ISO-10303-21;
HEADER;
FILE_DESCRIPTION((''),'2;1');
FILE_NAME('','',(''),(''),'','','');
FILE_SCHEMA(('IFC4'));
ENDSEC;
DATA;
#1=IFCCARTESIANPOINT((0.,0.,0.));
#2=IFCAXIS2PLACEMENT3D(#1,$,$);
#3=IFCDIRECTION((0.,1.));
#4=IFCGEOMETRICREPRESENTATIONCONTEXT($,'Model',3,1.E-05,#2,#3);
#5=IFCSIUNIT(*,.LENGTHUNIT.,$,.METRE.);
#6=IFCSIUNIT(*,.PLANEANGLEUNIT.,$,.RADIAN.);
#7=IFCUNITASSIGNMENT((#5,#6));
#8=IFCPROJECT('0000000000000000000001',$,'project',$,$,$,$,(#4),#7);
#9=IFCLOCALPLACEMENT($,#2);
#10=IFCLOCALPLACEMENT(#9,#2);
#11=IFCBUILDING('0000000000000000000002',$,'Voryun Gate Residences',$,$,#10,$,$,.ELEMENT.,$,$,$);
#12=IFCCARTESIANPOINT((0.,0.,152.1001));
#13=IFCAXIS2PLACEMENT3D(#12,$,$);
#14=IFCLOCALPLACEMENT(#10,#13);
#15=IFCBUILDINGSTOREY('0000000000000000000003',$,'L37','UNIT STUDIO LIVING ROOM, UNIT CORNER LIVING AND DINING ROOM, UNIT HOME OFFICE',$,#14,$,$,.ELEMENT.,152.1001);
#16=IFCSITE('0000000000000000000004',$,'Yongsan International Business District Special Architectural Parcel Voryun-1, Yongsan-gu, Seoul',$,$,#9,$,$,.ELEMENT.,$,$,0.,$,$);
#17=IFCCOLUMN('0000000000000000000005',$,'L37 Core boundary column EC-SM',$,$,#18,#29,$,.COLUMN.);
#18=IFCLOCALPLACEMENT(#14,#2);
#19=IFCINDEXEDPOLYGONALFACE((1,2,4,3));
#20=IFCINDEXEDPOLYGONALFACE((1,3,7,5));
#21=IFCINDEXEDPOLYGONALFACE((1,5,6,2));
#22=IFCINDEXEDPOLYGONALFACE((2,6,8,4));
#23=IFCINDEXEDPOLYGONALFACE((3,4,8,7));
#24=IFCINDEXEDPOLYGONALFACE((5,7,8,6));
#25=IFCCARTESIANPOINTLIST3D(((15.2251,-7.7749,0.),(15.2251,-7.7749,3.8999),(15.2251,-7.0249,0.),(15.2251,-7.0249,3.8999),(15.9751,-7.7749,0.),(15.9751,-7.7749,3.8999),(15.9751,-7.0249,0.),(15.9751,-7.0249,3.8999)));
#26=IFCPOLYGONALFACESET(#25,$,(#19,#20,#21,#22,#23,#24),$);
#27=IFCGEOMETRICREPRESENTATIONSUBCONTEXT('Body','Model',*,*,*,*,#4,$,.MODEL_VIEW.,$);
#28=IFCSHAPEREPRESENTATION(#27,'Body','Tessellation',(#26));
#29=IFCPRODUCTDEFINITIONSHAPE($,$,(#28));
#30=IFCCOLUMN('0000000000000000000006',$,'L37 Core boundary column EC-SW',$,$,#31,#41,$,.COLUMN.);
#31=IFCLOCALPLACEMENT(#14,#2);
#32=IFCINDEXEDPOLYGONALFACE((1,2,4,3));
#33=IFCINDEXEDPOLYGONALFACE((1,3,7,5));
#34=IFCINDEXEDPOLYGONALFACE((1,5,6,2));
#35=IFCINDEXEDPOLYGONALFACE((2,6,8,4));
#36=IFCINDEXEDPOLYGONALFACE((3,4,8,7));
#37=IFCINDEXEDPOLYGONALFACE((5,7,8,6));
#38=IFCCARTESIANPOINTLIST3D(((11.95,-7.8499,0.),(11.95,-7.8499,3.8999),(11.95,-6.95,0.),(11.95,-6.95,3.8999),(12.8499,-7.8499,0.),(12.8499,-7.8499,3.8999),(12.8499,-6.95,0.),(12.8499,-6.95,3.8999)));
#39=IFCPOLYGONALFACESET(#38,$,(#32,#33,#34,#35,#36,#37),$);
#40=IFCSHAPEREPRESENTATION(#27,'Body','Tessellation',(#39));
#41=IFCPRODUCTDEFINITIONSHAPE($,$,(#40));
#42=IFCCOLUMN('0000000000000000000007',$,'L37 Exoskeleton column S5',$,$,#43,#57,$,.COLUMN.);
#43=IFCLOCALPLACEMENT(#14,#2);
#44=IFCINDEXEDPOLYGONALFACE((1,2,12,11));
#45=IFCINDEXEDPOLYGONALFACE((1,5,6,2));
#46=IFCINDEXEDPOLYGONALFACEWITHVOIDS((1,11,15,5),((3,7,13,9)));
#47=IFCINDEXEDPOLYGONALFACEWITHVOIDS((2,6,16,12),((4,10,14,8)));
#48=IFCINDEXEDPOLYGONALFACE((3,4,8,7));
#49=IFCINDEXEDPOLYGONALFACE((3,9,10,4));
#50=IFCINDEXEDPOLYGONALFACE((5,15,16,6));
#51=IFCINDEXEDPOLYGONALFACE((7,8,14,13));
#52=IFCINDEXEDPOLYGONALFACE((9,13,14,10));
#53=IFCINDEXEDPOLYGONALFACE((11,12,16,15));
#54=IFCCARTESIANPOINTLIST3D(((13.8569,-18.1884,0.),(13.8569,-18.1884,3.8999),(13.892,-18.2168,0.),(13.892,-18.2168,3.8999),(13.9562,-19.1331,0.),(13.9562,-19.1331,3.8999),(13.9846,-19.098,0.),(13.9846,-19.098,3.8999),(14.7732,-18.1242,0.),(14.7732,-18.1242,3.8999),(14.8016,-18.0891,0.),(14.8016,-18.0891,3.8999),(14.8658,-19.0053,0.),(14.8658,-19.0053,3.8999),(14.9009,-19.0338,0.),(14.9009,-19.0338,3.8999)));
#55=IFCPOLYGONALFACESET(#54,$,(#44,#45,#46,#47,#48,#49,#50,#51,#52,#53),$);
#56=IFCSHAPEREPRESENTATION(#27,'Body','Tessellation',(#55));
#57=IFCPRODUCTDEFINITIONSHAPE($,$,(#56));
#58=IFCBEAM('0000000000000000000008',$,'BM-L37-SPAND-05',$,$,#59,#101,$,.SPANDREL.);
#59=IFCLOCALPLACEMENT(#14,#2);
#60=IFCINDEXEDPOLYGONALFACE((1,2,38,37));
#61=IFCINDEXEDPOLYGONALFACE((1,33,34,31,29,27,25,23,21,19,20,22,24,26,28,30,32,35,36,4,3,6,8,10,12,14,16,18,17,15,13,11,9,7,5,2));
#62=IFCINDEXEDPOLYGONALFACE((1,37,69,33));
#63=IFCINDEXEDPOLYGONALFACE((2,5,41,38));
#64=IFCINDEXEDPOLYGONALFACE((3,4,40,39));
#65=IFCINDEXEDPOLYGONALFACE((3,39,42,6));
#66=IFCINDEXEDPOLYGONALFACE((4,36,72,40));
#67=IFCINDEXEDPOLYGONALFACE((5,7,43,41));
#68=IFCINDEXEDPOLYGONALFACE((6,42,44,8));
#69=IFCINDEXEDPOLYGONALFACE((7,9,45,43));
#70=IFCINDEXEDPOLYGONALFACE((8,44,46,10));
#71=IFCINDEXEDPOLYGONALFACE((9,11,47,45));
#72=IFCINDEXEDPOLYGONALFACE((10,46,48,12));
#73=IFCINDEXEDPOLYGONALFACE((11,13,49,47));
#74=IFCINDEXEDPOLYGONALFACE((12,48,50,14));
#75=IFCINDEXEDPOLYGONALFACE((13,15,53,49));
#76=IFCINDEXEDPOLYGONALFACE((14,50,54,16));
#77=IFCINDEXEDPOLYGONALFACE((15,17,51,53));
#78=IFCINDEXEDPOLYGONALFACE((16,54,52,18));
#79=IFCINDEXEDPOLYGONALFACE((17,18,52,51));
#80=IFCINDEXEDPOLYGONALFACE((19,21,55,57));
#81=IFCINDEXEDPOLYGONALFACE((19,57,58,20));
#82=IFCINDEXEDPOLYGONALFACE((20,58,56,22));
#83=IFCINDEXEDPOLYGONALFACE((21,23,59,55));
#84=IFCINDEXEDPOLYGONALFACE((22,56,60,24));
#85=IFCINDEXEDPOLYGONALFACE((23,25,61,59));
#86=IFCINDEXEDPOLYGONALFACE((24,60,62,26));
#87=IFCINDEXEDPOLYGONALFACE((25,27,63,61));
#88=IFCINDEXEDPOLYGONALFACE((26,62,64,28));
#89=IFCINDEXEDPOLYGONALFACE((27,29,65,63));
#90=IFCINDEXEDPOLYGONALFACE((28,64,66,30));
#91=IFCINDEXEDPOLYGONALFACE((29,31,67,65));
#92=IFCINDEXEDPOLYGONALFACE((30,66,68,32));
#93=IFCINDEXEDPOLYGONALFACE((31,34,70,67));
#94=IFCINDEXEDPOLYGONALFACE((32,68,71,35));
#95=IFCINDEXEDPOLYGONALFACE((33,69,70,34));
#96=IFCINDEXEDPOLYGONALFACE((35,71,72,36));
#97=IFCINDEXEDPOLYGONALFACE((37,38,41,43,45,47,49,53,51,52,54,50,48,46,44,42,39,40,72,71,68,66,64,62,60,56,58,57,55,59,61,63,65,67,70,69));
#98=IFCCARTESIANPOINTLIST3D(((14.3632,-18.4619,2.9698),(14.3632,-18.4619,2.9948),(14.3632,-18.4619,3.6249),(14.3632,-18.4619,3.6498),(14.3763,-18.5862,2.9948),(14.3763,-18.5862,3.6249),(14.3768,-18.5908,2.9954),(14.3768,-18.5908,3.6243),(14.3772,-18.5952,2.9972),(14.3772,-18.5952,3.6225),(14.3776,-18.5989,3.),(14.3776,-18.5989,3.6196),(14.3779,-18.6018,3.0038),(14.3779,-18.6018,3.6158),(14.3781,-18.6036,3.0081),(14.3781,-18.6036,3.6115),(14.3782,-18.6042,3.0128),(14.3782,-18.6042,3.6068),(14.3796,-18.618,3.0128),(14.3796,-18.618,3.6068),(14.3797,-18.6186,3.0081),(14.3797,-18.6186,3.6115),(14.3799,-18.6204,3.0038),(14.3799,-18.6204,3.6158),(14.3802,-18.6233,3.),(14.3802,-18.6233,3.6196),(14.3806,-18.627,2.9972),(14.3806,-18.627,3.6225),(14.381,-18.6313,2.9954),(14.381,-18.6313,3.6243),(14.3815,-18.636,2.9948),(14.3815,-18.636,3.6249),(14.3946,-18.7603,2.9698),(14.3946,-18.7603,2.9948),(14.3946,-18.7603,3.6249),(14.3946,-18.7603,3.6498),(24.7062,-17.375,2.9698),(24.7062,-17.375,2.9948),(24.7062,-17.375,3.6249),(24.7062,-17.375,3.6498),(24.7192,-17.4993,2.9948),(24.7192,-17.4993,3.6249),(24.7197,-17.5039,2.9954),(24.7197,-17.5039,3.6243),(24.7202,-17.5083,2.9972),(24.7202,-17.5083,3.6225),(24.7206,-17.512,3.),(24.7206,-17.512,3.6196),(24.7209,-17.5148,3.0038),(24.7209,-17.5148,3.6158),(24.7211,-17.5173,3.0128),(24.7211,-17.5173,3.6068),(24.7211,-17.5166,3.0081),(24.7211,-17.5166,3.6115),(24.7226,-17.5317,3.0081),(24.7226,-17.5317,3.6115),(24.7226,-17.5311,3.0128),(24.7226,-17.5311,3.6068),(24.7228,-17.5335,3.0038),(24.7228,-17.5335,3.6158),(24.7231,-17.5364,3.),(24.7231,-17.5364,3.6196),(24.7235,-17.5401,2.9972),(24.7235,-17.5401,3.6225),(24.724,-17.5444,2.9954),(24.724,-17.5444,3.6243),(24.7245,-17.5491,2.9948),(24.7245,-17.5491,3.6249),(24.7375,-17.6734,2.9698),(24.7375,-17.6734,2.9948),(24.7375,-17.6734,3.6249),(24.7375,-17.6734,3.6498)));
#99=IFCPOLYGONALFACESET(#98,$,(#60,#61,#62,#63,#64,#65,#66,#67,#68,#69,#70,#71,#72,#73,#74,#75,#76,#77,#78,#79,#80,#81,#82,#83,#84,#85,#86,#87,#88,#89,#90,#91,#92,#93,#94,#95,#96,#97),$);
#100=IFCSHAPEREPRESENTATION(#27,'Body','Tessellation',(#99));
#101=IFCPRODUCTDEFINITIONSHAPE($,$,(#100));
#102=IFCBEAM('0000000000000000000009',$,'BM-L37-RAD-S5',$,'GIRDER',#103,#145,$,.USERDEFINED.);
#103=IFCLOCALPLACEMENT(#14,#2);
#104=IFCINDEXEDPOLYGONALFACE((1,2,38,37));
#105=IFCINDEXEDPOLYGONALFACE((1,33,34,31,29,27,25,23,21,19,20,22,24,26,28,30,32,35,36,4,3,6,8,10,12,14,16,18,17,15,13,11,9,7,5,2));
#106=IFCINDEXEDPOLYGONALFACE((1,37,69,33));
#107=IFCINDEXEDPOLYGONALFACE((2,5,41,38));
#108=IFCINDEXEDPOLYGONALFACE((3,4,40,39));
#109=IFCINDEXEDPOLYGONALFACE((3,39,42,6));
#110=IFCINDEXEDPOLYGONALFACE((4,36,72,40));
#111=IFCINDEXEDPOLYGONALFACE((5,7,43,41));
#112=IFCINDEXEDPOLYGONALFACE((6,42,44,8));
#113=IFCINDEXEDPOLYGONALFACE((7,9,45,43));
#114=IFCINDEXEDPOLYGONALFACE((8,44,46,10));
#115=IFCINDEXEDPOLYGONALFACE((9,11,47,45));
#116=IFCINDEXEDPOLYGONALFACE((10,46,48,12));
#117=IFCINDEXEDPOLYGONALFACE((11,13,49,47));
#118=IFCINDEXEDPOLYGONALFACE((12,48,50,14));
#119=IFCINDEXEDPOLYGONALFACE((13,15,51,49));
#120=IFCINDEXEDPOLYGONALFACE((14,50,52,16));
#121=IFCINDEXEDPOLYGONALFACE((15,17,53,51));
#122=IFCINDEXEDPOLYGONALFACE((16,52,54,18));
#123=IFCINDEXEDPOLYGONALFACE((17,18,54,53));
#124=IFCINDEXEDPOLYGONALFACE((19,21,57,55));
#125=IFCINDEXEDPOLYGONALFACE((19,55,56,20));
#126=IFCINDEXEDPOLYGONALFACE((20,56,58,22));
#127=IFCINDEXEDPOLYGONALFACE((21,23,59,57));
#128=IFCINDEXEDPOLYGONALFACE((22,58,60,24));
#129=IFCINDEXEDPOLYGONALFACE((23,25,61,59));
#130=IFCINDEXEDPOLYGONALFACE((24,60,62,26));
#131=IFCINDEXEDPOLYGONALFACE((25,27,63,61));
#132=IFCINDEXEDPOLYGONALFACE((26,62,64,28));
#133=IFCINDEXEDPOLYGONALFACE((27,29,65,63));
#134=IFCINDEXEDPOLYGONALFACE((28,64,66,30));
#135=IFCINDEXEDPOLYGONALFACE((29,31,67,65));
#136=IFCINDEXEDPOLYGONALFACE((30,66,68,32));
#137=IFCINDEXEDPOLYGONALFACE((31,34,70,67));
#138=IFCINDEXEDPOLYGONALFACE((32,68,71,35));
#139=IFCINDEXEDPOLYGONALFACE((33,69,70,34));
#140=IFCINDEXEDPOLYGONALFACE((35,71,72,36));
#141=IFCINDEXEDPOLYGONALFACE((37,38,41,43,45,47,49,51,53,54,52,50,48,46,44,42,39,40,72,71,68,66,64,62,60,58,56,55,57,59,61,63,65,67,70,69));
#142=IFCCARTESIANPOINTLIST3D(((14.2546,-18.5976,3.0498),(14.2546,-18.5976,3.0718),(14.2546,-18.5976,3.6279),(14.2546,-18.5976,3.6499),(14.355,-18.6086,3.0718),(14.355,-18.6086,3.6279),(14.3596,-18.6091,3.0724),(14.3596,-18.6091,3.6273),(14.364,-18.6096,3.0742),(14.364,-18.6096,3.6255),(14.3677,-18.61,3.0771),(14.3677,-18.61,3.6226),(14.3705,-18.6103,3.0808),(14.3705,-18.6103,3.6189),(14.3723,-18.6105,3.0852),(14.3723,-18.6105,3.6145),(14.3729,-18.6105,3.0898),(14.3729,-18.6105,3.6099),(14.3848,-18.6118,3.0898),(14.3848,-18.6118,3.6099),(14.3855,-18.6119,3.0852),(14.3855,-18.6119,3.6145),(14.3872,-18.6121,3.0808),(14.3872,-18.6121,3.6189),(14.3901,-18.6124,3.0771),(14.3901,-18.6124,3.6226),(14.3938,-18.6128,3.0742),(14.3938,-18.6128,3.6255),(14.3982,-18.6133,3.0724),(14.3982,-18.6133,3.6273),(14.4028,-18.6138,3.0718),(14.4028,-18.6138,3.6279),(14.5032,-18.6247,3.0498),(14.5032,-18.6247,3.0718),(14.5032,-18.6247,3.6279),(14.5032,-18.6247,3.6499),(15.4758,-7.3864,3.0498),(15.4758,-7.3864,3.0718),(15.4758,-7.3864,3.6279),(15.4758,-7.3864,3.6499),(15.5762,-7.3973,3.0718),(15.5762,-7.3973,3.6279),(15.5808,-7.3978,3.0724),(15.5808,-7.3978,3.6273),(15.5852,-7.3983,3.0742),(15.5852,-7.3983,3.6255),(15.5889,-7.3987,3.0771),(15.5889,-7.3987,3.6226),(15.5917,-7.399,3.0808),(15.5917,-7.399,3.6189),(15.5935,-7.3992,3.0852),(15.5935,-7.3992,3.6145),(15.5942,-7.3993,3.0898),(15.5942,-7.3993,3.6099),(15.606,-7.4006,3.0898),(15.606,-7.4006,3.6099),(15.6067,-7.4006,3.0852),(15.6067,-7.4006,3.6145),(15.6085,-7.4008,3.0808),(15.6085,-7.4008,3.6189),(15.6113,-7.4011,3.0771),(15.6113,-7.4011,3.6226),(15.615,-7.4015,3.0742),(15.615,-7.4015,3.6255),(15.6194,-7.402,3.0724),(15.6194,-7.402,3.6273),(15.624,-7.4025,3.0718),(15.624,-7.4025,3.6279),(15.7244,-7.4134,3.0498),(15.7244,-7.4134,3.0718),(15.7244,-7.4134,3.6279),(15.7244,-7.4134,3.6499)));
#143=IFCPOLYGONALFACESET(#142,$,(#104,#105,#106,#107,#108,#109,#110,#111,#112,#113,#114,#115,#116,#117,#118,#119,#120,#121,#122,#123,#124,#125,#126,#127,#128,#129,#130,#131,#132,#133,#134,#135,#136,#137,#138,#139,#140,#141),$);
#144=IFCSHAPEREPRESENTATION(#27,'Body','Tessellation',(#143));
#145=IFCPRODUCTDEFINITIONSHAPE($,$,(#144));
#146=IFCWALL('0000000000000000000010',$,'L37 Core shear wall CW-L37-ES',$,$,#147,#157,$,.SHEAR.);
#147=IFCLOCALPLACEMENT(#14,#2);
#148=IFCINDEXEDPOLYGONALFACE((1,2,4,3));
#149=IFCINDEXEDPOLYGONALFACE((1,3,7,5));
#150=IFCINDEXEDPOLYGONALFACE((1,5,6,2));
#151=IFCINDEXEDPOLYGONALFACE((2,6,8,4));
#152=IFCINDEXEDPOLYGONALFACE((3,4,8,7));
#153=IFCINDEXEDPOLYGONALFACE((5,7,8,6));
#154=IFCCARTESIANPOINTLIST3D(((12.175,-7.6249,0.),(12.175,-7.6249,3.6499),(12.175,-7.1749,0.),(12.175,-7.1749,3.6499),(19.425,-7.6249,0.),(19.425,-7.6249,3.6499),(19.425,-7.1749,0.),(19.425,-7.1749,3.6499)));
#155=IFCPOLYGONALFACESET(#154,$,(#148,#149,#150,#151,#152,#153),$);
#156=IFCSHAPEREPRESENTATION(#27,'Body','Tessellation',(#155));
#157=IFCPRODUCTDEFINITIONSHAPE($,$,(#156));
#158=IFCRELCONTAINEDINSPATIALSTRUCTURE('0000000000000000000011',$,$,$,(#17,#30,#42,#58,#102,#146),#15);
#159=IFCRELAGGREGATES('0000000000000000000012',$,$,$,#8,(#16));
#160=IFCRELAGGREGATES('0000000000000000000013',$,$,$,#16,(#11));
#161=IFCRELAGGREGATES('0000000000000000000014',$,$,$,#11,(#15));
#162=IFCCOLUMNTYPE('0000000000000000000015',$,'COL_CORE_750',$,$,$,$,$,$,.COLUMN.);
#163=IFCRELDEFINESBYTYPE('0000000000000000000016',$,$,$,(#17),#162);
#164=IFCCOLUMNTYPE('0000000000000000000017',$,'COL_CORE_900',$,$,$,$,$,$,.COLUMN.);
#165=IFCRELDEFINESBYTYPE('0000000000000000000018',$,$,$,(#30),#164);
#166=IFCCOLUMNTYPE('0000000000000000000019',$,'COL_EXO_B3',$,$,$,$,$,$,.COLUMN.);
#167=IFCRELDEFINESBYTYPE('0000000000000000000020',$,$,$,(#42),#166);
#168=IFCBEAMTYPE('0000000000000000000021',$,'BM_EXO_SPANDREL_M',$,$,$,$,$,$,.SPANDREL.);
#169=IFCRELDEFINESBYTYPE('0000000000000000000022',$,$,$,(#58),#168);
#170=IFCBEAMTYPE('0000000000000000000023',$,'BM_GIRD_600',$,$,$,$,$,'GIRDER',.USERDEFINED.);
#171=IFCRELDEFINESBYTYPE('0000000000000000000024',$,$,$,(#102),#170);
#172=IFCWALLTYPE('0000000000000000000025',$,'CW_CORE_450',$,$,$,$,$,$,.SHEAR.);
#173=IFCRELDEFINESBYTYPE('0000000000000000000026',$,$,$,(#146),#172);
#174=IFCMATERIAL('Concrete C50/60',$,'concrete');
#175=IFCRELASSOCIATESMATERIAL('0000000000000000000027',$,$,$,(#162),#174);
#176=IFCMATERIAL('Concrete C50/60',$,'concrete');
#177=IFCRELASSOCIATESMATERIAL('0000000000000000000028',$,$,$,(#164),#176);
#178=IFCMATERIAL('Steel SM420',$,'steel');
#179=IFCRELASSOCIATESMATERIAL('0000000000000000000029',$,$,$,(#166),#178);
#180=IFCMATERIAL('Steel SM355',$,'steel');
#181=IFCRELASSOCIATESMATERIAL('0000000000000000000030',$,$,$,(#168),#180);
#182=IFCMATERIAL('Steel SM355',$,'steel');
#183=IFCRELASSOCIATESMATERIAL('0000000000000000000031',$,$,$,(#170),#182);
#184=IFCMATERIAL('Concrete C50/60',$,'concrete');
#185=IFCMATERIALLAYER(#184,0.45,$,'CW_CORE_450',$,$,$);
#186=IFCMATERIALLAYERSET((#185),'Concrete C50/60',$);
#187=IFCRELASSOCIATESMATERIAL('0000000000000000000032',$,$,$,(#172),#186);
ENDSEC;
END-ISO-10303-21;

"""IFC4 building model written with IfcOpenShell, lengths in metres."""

from ifc_helpers import new_model, si_unit, direction, frame, frame_2d, origin, origin_2d, place, context, subcontext, project, spatial, rectangle, hollow_rectangle, i_section, extrude, material, layer, layer_set, material_profile, profile_set, type_object, element, save


model = new_model("IFC4")

# Units and contexts
model_context = context("Model", 3, precision=1e-05, world=origin(), true_north=direction((0.0, 1.0)))
body_context = subcontext(model_context, "Body", "Model", "MODEL_VIEW")
ifc_project = project(units=[si_unit("LENGTHUNIT", "METRE"), si_unit("PLANEANGLEUNIT", "RADIAN")], contexts=[model_context])

# Site, building, storey
site_placement = place(None, origin())
site = spatial("IfcSite", under=ifc_project, at=site_placement, Name="Yongsan International Business District Special Architectural Parcel Voryun-1, Yongsan-gu, Seoul", CompositionType="ELEMENT", RefElevation=0.0)
building_placement = place(site_placement, origin())
building = spatial("IfcBuilding", under=site, at=building_placement, Name="Voryun Gate Residences", CompositionType="ELEMENT")
storey_placement = place(building_placement, frame((0.0, 0.0, 152.1001)))
storey = spatial("IfcBuildingStorey", under=building, at=storey_placement, Name="L37", Description="UNIT STUDIO LIVING ROOM, UNIT CORNER LIVING AND DINING ROOM, UNIT HOME OFFICE", CompositionType="ELEMENT", Elevation=152.1001)

# Columns
ifc_material_1 = material(Name="Concrete C50/60", Category="concrete")
ifc_material_profile_1 = material_profile(ifc_material_1, rectangle(XDim=0.75, YDim=0.75, at=origin_2d()), Name="RC-750x750")
ifc_profile_set_1 = profile_set([ifc_material_profile_1], Name="Concrete C50/60")
column_type_1 = type_object("IfcColumnType", Name="COL_CORE_750", PredefinedType="COLUMN", material=ifc_profile_set_1)
column_1_placement = place(storey_placement, frame((15.6001, -7.3999, 0.0), z_axis=(0.0, 0.0, 1.0), x_axis=(1.0, 0.0, 0.0)))
element("IfcColumn", 1, at=column_1_placement, inside=storey, type_object=column_type_1, Name="L37 Core boundary column EC-SM", PredefinedType="COLUMN", context=body_context, shape_type="SweptSolid", body=[
    extrude(rectangle(XDim=0.75, YDim=0.75, at=origin_2d()), origin(), (0.0, 0.0, 1.0), 3.8999),
])
ifc_material_2 = material(Name="Concrete C50/60", Category="concrete")
ifc_material_profile_2 = material_profile(ifc_material_2, rectangle(XDim=0.8999, YDim=0.8999, at=origin_2d()), Name="RC-900x900")
ifc_profile_set_2 = profile_set([ifc_material_profile_2], Name="Concrete C50/60")
column_type_2 = type_object("IfcColumnType", Name="COL_CORE_900", PredefinedType="COLUMN", material=ifc_profile_set_2)
column_2_placement = place(storey_placement, frame((12.3999, -7.3999, 0.0), z_axis=(0.0, 0.0, 1.0), x_axis=(1.0, 0.0, 0.0)))
element("IfcColumn", 2, at=column_2_placement, inside=storey, type_object=column_type_2, Name="L37 Core boundary column EC-SW", PredefinedType="COLUMN", context=body_context, shape_type="SweptSolid", body=[
    extrude(rectangle(XDim=0.8999, YDim=0.8999, at=origin_2d()), origin(), (0.0, 0.0, 1.0), 3.8999),
])
ifc_material_3 = material(Name="Steel SM420", Category="steel")
ifc_material_profile_3 = material_profile(ifc_material_3, hollow_rectangle(XDim=0.95, YDim=0.95, WallThickness=0.032, at=origin_2d()), Name="BOX-950x950x32")
ifc_profile_set_3 = profile_set([ifc_material_profile_3], Name="Steel SM420")
column_type_3 = type_object("IfcColumnType", Name="COL_EXO_B3", PredefinedType="COLUMN", material=ifc_profile_set_3)
column_3_placement = place(storey_placement, frame((14.3789, -18.6111, 0.0), z_axis=(0.0, 0.0, 1.0), x_axis=(0.994522, 0.104528, 0.0)))
element("IfcColumn", 3, at=column_3_placement, inside=storey, type_object=column_type_3, Name="L37 Exoskeleton column S5", PredefinedType="COLUMN", context=body_context, shape_type="SweptSolid", body=[
    extrude(hollow_rectangle(XDim=0.95, YDim=0.95, WallThickness=0.032, at=origin_2d()), origin(), (0.0, 0.0, 1.0), 3.8999),
])

# Beams
ifc_material_4 = material(Name="Steel SM355", Category="steel")
ifc_material_profile_4 = material_profile(ifc_material_4, i_section(OverallWidth=0.3, OverallDepth=0.6799, WebThickness=0.0139, FlangeThickness=0.0249, FilletRadius=0.0181, at=origin_2d()), Name="H-680x300x14x25")
ifc_profile_set_4 = profile_set([ifc_material_profile_4], Name="Steel SM355")
beam_type_1 = type_object("IfcBeamType", Name="BM_EXO_SPANDREL_M", PredefinedType="SPANDREL", material=ifc_profile_set_4)
beam_1_placement = place(storey_placement, frame((14.3789, -18.6111, 3.3098), z_axis=(0.994524, 0.104511, 0.0), x_axis=(-0.104511, 0.994524, 0.0)))
element("IfcBeam", 4, at=beam_1_placement, inside=storey, type_object=beam_type_1, Name="BM-L37-SPAND-05", PredefinedType="SPANDREL", context=body_context, shape_type="SweptSolid", body=[
    extrude(i_section(OverallWidth=0.3, OverallDepth=0.6799, WebThickness=0.0139, FlangeThickness=0.0249, FilletRadius=0.0181, at=origin_2d()), origin(), (0.0, 0.0, 1.0), 10.3999),
])
ifc_material_5 = material(Name="Steel SM355", Category="steel")
ifc_material_profile_5 = material_profile(ifc_material_5, i_section(OverallWidth=0.25, OverallDepth=0.6001, WebThickness=0.012, FlangeThickness=0.022, FilletRadius=0.0181, at=origin_2d()), Name="H-600x250x12x22")
ifc_profile_set_5 = profile_set([ifc_material_profile_5], Name="Steel SM355")
beam_type_2 = type_object("IfcBeamType", Name="BM_GIRD_600", ElementType="GIRDER", PredefinedType="USERDEFINED", material=ifc_profile_set_5)
beam_2_placement = place(storey_placement, frame((15.6001, -7.3999, 3.3499), z_axis=(-0.108286, -0.99412, 0.0), x_axis=(0.99412, -0.108286, 0.0)))
element("IfcBeam", 5, at=beam_2_placement, inside=storey, type_object=beam_type_2, Name="BM-L37-RAD-S5", ObjectType="GIRDER", PredefinedType="USERDEFINED", context=body_context, shape_type="SweptSolid", body=[
    extrude(i_section(OverallWidth=0.25, OverallDepth=0.6001, WebThickness=0.012, FlangeThickness=0.022, FilletRadius=0.0181, at=origin_2d()), origin(), (0.0, 0.0, 1.0), 11.2776),
])

# Wall
ifc_material_6 = material(Name="Concrete C50/60", Category="concrete")
ifc_layer_1 = layer(ifc_material_6, 0.45, Name="CW_CORE_450")
ifc_layer_set_1 = layer_set([ifc_layer_1], Name="Concrete C50/60")
wall_type_1 = type_object("IfcWallType", Name="CW_CORE_450", PredefinedType="SHEAR", material=ifc_layer_set_1)
wall_1_placement = place(storey_placement, frame((12.175, -7.3999, 0.0), z_axis=(0.0, 0.0, 1.0), x_axis=(1.0, 0.0, 0.0)))
element("IfcWall", 6, at=wall_1_placement, inside=storey, type_object=wall_type_1, Name="L37 Core shear wall CW-L37-ES", PredefinedType="SHEAR", context=body_context, shape_type="SweptSolid", body=[
    extrude(rectangle(XDim=7.25, YDim=0.45, at=frame_2d((3.625, 0.0))), origin(), (0.0, 0.0, 1.0), 3.6499),
])

save(model, "model.ifc")
